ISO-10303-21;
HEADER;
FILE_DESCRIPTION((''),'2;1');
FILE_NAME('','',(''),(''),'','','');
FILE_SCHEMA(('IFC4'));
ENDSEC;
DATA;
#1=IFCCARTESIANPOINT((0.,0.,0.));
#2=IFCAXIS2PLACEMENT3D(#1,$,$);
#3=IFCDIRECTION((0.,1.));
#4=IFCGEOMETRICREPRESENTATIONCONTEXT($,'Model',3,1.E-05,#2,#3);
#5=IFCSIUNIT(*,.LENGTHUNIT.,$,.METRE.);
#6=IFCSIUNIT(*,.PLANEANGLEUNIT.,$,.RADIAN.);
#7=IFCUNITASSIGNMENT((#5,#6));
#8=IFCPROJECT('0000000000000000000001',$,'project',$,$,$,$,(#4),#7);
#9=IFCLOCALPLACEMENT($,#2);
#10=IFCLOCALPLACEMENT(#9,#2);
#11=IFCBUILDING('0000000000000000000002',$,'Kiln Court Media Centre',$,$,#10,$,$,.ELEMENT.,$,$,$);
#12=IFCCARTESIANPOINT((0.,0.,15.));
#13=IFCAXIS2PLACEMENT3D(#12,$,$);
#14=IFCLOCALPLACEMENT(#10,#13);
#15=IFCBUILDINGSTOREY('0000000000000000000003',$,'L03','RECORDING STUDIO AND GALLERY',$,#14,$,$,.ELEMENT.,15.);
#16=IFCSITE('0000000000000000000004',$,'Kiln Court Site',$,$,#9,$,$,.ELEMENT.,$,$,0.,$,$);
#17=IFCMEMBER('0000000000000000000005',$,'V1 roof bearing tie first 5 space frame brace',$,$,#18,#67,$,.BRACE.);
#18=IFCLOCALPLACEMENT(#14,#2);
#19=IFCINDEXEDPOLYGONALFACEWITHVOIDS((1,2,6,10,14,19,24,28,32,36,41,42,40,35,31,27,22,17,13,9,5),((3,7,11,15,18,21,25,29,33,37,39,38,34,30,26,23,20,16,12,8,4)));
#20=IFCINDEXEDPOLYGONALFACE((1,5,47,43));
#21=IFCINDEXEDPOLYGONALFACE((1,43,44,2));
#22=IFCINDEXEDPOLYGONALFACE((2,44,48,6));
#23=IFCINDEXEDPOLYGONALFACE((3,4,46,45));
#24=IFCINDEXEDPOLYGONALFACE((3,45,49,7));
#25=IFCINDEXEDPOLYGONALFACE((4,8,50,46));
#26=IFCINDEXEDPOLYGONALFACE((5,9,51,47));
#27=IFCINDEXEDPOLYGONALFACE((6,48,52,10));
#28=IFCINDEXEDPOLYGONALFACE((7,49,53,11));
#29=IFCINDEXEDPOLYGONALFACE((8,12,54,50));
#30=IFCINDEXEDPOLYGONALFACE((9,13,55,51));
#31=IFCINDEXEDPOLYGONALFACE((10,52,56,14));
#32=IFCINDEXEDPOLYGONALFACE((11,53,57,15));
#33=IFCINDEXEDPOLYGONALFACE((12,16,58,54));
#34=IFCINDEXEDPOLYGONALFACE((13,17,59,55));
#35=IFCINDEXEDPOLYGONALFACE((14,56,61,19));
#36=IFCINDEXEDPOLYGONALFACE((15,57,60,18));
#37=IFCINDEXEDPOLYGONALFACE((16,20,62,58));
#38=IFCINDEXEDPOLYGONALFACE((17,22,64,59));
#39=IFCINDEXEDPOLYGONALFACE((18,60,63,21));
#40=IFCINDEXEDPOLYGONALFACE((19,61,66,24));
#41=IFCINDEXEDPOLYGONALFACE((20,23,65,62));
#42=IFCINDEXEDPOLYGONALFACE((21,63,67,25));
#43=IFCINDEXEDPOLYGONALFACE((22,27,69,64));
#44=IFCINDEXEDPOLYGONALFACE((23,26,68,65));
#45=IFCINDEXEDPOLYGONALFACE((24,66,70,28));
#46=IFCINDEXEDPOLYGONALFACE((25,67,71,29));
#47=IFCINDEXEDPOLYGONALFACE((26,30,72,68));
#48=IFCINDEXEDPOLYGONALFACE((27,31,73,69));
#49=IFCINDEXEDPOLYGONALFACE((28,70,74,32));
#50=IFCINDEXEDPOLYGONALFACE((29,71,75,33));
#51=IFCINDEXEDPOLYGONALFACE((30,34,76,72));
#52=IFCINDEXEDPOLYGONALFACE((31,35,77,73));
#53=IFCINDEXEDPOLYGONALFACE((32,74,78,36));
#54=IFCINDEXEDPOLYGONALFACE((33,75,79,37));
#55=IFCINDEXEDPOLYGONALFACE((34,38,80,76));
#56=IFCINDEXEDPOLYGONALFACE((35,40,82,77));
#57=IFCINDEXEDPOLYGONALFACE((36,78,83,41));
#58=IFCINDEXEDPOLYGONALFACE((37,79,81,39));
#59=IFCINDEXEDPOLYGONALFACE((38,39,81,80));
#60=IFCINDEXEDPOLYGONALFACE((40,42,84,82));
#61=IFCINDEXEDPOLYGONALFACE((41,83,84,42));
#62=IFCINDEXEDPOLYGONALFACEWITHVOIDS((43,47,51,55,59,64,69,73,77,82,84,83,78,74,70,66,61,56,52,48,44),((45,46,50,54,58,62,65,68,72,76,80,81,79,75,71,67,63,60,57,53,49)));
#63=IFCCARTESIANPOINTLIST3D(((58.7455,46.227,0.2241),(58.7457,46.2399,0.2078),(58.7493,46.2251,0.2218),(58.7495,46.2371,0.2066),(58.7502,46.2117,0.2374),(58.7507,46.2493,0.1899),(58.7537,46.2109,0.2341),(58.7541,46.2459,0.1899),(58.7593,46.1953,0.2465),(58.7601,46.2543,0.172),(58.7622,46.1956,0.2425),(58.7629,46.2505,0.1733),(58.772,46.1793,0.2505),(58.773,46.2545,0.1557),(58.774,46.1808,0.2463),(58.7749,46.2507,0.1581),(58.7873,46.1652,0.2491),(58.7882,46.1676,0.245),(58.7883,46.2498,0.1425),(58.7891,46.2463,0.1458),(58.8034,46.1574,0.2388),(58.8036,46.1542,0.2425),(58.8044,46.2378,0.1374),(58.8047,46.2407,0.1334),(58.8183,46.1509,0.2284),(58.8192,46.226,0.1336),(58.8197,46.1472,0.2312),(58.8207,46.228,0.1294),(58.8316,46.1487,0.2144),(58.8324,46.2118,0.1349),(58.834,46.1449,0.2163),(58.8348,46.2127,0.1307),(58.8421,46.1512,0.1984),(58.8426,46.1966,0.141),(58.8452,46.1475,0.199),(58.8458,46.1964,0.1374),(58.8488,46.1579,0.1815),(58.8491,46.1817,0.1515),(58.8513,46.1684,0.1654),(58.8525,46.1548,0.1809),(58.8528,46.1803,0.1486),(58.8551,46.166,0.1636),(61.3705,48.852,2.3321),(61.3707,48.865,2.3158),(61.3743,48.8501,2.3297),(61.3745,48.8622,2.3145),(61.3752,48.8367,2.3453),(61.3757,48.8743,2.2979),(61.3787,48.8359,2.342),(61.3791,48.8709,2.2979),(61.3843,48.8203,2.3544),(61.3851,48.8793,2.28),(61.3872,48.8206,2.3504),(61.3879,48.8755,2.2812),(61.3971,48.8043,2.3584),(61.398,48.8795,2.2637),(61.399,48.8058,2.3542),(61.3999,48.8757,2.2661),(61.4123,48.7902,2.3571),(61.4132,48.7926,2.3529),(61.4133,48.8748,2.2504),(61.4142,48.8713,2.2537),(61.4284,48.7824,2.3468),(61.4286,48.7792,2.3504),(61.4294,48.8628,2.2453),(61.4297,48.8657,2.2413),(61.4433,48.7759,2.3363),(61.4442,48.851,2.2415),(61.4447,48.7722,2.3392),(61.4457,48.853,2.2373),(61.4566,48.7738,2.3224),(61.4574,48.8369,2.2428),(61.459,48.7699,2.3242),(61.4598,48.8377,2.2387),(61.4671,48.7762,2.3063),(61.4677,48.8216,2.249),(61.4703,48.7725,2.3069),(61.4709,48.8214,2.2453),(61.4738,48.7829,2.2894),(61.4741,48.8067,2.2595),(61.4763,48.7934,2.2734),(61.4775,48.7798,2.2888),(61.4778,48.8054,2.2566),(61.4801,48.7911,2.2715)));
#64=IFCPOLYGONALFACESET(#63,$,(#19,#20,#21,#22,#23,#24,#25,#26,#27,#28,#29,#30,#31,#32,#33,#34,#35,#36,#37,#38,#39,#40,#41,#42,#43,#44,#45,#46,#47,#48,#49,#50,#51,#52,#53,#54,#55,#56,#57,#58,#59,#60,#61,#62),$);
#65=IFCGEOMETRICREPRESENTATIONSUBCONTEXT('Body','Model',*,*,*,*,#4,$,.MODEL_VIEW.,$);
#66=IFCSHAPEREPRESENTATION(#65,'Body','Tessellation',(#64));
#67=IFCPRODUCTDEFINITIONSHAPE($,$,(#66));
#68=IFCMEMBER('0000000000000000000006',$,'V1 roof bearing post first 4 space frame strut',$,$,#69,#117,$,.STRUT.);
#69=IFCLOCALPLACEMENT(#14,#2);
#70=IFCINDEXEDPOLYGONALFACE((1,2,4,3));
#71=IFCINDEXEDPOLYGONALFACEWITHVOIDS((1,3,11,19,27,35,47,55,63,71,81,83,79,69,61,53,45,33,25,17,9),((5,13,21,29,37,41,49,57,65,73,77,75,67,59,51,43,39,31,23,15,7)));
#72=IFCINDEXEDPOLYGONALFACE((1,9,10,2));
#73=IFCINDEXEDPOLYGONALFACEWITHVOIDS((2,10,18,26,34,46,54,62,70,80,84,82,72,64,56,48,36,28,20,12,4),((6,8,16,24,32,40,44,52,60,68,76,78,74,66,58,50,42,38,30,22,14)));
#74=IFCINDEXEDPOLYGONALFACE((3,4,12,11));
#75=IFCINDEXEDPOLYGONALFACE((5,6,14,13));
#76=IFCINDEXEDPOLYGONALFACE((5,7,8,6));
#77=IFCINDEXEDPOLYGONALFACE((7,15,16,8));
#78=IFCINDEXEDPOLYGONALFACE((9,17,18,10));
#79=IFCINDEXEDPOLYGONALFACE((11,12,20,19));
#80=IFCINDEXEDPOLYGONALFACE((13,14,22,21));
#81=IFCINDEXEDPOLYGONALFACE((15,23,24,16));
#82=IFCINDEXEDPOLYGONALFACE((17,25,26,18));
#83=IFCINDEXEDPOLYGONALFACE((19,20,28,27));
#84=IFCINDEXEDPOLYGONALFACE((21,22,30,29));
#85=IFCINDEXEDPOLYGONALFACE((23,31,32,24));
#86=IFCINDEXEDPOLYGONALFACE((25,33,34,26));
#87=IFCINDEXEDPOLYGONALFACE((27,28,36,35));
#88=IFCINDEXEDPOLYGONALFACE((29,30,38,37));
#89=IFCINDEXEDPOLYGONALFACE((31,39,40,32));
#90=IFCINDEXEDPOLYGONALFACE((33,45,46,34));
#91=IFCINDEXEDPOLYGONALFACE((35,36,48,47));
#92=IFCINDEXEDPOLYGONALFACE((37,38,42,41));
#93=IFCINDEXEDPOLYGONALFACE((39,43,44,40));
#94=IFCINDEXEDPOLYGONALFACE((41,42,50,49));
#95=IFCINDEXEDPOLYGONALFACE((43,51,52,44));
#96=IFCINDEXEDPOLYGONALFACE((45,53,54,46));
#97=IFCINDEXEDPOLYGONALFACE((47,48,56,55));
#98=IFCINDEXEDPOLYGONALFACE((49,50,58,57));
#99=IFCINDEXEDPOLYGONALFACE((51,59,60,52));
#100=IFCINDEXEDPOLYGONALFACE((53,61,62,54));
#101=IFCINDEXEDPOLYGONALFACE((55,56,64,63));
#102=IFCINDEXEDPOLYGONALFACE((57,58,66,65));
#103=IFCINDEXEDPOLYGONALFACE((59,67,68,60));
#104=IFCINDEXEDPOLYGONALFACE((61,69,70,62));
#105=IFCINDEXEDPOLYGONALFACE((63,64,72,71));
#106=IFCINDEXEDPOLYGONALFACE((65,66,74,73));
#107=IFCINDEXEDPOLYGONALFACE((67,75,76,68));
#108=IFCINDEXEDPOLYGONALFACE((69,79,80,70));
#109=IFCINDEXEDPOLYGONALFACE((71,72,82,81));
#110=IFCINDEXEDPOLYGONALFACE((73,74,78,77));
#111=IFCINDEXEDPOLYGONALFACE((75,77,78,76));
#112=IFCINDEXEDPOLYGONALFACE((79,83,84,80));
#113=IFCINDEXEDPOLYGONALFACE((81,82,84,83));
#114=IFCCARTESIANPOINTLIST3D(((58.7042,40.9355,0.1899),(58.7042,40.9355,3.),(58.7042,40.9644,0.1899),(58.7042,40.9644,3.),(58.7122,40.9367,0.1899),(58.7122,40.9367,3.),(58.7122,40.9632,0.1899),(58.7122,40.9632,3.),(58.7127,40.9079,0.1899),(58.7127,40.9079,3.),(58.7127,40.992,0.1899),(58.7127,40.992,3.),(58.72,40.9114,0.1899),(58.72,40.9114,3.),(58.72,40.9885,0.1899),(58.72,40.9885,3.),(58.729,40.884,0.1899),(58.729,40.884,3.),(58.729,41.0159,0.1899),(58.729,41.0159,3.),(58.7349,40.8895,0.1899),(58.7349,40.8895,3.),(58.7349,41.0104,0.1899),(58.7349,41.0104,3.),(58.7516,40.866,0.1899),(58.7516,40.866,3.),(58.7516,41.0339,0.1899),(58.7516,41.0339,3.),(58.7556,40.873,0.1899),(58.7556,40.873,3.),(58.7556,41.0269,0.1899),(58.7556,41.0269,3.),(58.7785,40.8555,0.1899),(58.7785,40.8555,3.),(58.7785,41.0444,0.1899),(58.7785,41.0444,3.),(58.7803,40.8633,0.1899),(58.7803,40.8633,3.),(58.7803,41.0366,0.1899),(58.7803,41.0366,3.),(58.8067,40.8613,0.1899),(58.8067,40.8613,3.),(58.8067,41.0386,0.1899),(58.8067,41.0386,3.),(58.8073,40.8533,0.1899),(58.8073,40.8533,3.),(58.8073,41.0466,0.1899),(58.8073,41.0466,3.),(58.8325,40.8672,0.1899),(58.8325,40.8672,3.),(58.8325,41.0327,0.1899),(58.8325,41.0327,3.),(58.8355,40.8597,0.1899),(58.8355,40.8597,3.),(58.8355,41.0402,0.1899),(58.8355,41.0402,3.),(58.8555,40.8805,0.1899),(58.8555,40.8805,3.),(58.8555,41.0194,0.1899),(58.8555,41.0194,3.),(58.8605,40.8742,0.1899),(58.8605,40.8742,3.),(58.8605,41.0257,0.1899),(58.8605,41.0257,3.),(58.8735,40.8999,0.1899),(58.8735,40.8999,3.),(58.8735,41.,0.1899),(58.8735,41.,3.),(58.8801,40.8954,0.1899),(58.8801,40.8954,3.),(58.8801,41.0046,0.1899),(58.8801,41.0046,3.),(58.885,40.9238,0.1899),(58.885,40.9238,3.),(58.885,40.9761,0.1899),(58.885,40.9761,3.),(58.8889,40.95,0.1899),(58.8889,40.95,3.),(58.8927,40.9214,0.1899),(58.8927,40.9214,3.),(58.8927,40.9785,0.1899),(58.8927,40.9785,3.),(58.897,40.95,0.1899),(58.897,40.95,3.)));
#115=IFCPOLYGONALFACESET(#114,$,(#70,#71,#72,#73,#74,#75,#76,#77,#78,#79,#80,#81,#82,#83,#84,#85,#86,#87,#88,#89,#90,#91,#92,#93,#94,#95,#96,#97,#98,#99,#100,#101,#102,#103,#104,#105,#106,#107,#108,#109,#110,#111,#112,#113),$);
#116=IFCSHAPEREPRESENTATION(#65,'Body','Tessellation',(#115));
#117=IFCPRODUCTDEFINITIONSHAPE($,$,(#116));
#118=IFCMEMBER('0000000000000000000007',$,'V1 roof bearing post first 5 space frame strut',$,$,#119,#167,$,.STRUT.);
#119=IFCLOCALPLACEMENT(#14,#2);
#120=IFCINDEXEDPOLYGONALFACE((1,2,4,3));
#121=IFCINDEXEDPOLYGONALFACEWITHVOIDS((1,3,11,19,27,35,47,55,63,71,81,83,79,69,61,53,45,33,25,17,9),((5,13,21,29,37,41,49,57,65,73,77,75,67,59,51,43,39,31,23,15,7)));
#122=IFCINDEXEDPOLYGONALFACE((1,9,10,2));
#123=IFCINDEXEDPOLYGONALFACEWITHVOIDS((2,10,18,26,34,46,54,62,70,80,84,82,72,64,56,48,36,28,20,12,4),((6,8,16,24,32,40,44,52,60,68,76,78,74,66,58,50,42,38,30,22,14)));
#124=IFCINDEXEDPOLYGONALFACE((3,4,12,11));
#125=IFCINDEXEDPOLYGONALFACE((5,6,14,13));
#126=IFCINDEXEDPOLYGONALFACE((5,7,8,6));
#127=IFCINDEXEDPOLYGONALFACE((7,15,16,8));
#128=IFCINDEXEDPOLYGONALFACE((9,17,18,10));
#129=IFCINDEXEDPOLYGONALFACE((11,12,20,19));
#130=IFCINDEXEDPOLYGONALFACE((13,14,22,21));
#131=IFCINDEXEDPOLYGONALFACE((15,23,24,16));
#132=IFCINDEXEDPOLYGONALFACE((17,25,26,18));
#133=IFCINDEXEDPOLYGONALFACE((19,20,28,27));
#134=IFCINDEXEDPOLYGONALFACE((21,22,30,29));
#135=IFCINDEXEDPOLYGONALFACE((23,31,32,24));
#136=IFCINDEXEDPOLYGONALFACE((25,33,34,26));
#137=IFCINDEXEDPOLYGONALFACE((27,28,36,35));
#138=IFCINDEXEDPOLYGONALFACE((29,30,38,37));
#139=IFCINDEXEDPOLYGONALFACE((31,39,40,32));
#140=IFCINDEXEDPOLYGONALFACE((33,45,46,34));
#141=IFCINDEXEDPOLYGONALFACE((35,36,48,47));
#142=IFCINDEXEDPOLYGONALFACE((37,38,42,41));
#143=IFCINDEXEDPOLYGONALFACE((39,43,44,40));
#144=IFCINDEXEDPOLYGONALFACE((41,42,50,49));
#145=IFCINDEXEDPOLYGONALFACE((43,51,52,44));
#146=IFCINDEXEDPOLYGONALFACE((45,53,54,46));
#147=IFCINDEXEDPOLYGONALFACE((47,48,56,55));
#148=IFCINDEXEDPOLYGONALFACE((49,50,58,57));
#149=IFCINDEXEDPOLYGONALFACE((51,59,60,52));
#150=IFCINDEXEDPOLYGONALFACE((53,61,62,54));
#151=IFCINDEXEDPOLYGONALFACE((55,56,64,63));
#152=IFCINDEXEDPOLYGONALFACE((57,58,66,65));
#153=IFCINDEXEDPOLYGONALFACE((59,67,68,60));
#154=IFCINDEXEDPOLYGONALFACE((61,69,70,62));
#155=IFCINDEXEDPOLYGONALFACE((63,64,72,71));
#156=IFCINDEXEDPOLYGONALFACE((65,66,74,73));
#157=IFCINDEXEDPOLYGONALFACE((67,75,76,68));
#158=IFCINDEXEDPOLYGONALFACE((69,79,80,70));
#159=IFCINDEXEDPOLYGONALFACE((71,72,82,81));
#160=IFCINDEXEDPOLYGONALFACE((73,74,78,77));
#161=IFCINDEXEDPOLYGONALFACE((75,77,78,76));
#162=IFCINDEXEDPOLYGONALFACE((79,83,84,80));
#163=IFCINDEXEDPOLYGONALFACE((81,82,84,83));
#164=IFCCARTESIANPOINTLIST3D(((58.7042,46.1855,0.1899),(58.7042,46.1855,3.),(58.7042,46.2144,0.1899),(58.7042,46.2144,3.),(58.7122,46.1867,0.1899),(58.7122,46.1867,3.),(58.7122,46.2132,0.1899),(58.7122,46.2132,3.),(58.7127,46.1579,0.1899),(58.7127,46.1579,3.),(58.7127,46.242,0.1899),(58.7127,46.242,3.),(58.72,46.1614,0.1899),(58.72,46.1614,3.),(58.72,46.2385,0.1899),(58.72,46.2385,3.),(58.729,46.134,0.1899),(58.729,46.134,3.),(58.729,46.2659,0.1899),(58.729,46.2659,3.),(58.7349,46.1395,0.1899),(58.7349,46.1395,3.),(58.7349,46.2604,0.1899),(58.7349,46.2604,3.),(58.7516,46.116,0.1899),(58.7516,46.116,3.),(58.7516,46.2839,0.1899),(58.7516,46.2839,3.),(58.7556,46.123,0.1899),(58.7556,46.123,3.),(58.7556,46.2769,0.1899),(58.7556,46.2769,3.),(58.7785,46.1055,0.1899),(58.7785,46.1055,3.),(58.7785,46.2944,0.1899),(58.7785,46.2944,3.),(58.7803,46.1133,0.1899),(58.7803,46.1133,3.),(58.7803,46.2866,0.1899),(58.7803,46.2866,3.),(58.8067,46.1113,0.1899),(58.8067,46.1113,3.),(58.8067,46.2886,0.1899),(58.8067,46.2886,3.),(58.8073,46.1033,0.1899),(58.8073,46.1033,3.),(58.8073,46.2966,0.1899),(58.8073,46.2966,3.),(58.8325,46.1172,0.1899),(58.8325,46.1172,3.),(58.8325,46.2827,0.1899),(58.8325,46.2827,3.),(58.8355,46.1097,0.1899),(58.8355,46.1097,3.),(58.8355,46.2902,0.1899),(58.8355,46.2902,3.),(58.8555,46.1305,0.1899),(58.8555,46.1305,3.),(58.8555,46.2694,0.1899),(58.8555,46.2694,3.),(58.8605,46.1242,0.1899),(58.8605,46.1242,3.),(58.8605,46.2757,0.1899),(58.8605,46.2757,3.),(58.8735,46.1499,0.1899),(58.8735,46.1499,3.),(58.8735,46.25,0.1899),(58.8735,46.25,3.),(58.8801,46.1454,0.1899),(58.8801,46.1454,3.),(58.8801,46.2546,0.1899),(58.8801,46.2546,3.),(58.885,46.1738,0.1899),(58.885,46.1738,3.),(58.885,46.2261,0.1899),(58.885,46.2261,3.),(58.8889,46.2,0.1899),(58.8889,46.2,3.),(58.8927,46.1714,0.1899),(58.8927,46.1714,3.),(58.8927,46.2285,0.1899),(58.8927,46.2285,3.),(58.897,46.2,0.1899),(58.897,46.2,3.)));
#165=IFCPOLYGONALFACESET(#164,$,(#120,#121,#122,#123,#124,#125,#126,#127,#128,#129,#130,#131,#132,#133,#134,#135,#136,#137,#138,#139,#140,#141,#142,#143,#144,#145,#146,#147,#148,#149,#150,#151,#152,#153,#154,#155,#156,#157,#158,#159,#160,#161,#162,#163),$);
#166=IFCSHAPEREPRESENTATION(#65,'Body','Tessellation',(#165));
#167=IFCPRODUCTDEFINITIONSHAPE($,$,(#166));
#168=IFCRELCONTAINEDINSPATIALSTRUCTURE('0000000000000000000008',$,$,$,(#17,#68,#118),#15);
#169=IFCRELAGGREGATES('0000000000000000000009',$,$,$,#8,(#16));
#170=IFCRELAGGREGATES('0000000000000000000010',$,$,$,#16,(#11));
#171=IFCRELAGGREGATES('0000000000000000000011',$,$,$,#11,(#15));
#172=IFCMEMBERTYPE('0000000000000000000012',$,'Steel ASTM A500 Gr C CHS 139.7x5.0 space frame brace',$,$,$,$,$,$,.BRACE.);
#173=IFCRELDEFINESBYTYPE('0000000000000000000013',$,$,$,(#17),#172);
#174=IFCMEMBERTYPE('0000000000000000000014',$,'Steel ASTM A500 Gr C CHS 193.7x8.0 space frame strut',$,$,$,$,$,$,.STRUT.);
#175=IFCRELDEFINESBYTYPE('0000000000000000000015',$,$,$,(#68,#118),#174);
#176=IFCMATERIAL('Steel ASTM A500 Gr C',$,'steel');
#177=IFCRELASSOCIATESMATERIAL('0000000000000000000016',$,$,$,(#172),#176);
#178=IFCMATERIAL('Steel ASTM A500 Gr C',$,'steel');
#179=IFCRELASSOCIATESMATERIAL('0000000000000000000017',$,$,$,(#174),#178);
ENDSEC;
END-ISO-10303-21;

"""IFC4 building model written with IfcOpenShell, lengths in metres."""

from ifc_helpers import new_model, si_unit, direction, frame, origin, origin_2d, place, context, subcontext, project, spatial, hollow_circle, extrude, material, material_profile, profile_set, type_object, element, save


model = new_model("IFC4")

# Units and contexts
model_context = context("Model", 3, precision=1e-05, world=origin(), true_north=direction((0.0, 1.0)))
body_context = subcontext(model_context, "Body", "Model", "MODEL_VIEW")
ifc_project = project(units=[si_unit("LENGTHUNIT", "METRE"), si_unit("PLANEANGLEUNIT", "RADIAN")], contexts=[model_context])

# Site, building, storey
site_placement = place(None, origin())
site = spatial("IfcSite", under=ifc_project, at=site_placement, Name="Kiln Court Site", CompositionType="ELEMENT", RefElevation=0.0)
building_placement = place(site_placement, origin())
building = spatial("IfcBuilding", under=site, at=building_placement, Name="Kiln Court Media Centre", CompositionType="ELEMENT")
storey_placement = place(building_placement, frame((0.0, 0.0, 15.0)))
storey = spatial("IfcBuildingStorey", under=building, at=storey_placement, Name="L03", Description="RECORDING STUDIO AND GALLERY", CompositionType="ELEMENT", Elevation=15.0)

# Members
ifc_material_1 = material(Name="Steel ASTM A500 Gr C", Category="steel")
ifc_material_profile_1 = material_profile(ifc_material_1, hollow_circle(Radius=0.0698, WallThickness=0.0049, at=origin_2d()), Name="CHS 139.7x5.0")
ifc_profile_set_1 = profile_set([ifc_material_profile_1], Name="Steel ASTM A500 Gr C")
member_type_1 = type_object("IfcMemberType", Name="Steel ASTM A500 Gr C CHS 139.7x5.0 space frame brace", PredefinedType="BRACE", material=ifc_profile_set_1)
for number, where, z_axis, x_axis, name in (
    (1, (58.8, 46.2, 0.1899), (0.614895, 0.614895, 0.493769), (-0.707107, 0.707107, 0.0), "V1 roof bearing tie first 5 space frame brace"),
):
    element("IfcMember", number, at=place(storey_placement, frame(where, z_axis=z_axis, x_axis=x_axis)), inside=storey, type_object=member_type_1, Name=name, PredefinedType="BRACE", context=body_context, shape_type="SweptSolid", body=[
        extrude(hollow_circle(Radius=0.0698, WallThickness=0.0049, at=origin_2d()), origin(), (0.0, 0.0, 1.0), 4.269),
    ])
ifc_material_2 = material(Name="Steel ASTM A500 Gr C", Category="steel")
ifc_material_profile_2 = material_profile(ifc_material_2, hollow_circle(Radius=0.0969, WallThickness=0.0081, at=origin_2d()), Name="CHS 193.7x8.0")
ifc_profile_set_2 = profile_set([ifc_material_profile_2], Name="Steel ASTM A500 Gr C")
member_type_2 = type_object("IfcMemberType", Name="Steel ASTM A500 Gr C CHS 193.7x8.0 space frame strut", PredefinedType="STRUT", material=ifc_profile_set_2)
for number, where, z_axis, x_axis, name in (
    (2, (58.8, 40.95, 0.1899), (0.0, 0.0, 1.0), (1.0, 0.0, 0.0), "V1 roof bearing post first 4 space frame strut"),
    (3, (58.8, 46.2, 0.1899), (0.0, 0.0, 1.0), (1.0, 0.0, 0.0), "V1 roof bearing post first 5 space frame strut"),
):
    element("IfcMember", number, at=place(storey_placement, frame(where, z_axis=z_axis, x_axis=x_axis)), inside=storey, type_object=member_type_2, Name=name, PredefinedType="STRUT", context=body_context, shape_type="SweptSolid", body=[
        extrude(hollow_circle(Radius=0.0969, WallThickness=0.0081, at=origin_2d()), origin(), (0.0, 0.0, 1.0), 2.8101),
    ])

save(model, "model.ifc")
